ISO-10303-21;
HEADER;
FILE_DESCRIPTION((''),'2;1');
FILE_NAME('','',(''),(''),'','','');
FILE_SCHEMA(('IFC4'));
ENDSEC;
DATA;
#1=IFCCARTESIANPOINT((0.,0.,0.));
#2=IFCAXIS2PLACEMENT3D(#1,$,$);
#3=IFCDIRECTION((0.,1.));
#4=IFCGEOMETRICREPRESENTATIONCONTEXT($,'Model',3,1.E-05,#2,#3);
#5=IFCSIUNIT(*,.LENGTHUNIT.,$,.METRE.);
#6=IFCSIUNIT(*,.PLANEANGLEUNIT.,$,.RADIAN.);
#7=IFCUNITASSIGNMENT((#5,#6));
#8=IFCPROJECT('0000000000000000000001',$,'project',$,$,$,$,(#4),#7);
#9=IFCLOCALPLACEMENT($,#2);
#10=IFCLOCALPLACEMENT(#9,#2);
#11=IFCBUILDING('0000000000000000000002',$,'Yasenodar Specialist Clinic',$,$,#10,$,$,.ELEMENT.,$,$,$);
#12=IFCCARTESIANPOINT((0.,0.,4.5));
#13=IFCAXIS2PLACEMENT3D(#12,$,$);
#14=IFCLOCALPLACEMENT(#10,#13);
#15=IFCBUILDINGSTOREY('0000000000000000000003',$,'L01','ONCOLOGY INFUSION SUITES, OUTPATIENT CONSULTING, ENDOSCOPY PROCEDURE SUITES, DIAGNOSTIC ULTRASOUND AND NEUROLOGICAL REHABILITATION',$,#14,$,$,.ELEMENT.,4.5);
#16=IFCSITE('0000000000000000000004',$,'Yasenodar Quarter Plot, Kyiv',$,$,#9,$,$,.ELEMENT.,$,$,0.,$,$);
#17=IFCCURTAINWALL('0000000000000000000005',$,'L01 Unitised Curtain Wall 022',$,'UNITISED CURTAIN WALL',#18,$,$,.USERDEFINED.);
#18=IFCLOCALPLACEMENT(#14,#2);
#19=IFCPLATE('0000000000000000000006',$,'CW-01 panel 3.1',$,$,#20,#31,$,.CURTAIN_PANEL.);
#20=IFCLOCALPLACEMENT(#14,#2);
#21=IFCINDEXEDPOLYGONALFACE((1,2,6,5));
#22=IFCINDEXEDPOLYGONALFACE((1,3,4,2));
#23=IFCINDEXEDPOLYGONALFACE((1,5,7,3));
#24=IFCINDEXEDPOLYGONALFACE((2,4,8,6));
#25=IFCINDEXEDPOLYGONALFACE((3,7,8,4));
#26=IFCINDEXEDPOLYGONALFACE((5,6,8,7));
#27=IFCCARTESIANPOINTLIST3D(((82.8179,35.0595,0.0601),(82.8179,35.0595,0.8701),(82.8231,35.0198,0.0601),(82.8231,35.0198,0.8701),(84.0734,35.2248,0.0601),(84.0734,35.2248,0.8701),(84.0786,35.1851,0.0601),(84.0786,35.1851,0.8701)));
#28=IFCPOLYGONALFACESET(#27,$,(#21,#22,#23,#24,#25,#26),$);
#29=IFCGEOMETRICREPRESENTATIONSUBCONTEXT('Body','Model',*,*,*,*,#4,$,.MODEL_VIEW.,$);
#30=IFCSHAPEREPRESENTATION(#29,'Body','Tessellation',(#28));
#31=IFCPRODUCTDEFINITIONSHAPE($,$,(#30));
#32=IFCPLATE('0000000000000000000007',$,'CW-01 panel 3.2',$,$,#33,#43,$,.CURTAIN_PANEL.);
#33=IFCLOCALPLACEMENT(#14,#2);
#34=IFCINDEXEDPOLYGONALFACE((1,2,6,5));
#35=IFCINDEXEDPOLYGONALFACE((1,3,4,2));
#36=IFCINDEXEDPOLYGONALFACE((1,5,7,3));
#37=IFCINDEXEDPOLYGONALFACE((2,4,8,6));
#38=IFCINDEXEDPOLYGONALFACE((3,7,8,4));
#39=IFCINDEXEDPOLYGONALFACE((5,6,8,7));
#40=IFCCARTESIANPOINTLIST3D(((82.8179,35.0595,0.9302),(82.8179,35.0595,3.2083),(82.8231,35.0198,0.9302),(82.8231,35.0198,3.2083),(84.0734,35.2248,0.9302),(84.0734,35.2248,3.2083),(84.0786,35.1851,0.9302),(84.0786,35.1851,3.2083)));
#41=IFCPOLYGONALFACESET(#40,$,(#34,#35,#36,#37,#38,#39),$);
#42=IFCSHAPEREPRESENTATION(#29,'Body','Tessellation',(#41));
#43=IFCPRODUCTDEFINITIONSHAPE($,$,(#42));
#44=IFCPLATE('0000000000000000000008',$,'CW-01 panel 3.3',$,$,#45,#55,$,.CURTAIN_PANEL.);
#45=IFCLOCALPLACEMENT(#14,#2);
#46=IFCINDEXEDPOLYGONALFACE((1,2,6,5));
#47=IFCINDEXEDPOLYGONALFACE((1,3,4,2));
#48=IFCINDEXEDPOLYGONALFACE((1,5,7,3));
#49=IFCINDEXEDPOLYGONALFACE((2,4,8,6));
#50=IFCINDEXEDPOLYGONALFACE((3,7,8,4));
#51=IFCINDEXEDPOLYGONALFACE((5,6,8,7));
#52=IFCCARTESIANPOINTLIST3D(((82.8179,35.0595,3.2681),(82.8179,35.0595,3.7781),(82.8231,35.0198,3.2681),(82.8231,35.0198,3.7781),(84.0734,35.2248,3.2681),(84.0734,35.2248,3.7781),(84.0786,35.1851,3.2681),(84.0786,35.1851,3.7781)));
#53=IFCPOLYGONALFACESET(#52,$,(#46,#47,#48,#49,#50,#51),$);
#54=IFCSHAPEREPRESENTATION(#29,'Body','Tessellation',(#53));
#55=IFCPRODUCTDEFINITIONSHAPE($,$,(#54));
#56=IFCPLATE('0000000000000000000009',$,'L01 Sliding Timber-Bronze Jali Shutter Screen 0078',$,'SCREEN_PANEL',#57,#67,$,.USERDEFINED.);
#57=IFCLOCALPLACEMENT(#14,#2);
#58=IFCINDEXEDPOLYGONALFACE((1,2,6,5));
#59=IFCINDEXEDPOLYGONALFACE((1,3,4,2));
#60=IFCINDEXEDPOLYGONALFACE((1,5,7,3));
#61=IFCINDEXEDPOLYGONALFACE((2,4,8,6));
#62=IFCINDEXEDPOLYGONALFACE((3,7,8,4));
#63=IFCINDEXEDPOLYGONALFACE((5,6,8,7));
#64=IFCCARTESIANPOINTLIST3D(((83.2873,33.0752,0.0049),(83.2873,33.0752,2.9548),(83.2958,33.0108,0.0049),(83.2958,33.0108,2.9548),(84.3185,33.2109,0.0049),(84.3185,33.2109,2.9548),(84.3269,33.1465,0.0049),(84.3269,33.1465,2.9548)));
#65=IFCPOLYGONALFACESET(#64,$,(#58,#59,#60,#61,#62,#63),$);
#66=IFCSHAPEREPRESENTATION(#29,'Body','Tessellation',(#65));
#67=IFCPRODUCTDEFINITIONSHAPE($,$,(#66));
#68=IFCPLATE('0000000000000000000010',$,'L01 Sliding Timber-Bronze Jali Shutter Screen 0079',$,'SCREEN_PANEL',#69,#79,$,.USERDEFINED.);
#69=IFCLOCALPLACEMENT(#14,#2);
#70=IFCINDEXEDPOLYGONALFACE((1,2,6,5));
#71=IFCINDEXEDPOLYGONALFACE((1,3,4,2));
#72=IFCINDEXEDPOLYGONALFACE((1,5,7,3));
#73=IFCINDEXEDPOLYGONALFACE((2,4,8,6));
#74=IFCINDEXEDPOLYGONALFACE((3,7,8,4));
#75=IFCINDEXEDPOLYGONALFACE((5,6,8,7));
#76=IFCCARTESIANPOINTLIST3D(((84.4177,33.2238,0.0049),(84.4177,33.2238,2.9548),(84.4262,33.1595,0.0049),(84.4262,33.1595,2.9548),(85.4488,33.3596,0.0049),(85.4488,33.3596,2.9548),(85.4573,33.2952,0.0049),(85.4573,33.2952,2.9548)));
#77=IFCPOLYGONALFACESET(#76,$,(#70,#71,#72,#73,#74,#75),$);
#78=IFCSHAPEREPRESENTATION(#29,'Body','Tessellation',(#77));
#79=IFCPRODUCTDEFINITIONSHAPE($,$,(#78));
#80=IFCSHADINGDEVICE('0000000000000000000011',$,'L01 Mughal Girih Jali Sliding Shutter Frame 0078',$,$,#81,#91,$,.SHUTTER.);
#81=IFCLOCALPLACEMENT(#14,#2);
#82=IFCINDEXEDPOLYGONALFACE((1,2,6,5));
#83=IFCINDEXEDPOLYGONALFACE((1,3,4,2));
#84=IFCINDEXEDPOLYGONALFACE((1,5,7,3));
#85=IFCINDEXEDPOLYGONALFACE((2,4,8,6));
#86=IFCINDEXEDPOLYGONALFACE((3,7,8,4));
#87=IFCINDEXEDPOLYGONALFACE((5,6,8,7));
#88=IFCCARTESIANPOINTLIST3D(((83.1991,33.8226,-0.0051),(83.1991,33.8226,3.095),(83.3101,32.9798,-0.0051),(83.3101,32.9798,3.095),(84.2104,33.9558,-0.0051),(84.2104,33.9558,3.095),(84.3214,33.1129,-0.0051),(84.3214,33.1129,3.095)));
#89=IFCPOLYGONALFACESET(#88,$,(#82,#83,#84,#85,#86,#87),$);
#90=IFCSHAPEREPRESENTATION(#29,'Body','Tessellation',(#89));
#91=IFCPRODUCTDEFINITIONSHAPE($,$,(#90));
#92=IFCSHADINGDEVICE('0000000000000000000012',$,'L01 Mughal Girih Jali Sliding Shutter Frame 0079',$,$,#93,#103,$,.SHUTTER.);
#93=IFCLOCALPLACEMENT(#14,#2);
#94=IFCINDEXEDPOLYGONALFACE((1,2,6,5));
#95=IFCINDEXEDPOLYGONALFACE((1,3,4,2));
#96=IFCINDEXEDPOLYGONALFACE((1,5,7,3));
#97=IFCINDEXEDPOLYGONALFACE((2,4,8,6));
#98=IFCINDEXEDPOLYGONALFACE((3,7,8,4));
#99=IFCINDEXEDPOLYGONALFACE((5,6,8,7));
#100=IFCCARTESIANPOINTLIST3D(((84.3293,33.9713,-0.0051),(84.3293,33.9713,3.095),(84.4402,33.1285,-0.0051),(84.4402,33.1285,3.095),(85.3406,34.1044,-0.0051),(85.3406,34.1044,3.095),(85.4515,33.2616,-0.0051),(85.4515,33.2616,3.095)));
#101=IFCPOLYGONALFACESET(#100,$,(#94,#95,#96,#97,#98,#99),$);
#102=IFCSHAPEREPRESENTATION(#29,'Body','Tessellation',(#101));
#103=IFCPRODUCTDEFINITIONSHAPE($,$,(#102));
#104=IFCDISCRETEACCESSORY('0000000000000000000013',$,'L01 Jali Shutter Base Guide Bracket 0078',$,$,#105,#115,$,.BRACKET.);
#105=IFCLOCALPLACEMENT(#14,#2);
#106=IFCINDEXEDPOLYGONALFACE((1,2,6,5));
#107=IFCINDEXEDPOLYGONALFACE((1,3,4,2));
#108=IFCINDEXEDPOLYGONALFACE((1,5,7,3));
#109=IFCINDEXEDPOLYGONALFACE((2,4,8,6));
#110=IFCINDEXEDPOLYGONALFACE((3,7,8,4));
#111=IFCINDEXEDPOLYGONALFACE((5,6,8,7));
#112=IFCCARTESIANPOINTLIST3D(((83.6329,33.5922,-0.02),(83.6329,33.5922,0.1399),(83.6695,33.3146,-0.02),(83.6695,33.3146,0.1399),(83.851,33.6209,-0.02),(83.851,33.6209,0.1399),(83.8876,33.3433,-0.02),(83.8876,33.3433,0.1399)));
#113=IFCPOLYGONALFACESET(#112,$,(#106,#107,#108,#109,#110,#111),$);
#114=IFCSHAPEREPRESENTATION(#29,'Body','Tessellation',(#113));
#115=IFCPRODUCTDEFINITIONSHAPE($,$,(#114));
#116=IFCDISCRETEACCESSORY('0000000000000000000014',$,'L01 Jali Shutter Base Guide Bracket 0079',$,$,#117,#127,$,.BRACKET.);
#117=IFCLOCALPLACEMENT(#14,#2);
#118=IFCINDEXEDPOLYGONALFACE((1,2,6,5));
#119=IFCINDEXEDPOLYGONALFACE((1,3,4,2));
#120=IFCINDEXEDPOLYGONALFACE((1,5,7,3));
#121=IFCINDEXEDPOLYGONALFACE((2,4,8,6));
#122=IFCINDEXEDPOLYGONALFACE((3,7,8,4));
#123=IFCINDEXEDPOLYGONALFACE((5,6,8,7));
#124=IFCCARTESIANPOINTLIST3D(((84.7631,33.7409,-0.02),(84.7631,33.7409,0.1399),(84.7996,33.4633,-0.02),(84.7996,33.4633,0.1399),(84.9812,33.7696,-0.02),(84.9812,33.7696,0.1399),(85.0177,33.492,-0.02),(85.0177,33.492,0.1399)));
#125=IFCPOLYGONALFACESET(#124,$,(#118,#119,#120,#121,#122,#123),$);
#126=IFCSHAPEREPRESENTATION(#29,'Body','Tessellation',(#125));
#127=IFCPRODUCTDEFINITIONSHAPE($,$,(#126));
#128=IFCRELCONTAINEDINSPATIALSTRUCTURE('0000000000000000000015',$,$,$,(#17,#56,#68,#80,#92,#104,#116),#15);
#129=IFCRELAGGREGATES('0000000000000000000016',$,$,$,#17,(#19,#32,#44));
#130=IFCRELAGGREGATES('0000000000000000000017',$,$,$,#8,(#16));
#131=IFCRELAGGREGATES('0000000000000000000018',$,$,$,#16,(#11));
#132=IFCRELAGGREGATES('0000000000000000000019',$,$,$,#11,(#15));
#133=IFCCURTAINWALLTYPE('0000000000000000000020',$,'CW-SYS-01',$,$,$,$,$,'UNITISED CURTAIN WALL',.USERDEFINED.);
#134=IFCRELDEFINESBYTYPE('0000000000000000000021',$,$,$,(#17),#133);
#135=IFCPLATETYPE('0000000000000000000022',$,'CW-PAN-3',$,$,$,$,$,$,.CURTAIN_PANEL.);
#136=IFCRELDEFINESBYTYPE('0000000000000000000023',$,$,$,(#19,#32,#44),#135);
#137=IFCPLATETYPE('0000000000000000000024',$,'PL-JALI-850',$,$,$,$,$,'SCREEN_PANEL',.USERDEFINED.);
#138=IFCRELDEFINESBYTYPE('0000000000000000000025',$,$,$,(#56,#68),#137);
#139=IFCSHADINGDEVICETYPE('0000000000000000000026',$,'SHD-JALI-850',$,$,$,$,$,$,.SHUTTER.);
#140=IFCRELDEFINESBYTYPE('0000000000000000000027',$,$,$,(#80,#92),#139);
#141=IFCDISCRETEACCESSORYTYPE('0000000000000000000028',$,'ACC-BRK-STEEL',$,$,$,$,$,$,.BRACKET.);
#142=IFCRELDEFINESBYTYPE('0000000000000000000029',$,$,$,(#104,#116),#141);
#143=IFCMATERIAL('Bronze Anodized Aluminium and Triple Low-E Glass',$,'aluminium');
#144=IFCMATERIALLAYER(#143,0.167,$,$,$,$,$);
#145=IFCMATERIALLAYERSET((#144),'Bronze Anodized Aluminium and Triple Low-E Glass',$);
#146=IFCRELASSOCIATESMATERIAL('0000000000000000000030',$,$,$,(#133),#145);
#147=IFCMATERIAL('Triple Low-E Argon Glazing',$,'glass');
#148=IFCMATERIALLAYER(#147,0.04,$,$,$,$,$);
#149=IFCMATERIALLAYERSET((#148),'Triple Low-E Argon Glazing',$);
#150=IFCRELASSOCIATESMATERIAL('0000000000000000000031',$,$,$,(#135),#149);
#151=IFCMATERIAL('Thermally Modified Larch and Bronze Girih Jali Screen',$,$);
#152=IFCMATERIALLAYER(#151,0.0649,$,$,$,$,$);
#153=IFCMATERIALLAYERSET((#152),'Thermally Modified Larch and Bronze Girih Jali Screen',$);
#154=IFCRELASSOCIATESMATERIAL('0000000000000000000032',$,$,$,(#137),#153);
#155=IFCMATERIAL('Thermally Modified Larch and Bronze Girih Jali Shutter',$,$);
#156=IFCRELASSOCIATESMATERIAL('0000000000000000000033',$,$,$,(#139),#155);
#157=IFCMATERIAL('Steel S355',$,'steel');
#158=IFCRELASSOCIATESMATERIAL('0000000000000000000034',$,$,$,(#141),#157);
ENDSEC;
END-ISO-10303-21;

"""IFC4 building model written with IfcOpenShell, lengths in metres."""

from ifc_helpers import new_model, si_unit, direction, frame, origin, origin_2d, place, context, subcontext, project, spatial, rectangle, extrude, material, layer, layer_set, type_object, element, aggregate, save


model = new_model("IFC4")

# Units and contexts
model_context = context("Model", 3, precision=1e-05, world=origin(), true_north=direction((0.0, 1.0)))
body_context = subcontext(model_context, "Body", "Model", "MODEL_VIEW")
ifc_project = project(units=[si_unit("LENGTHUNIT", "METRE"), si_unit("PLANEANGLEUNIT", "RADIAN")], contexts=[model_context])

# Site, building, storey
site_placement = place(None, origin())
site = spatial("IfcSite", under=ifc_project, at=site_placement, Name="Yasenodar Quarter Plot, Kyiv", CompositionType="ELEMENT", RefElevation=0.0)
building_placement = place(site_placement, origin())
building = spatial("IfcBuilding", under=site, at=building_placement, Name="Yasenodar Specialist Clinic", CompositionType="ELEMENT")
storey_placement = place(building_placement, frame((0.0, 0.0, 4.5)))
storey = spatial("IfcBuildingStorey", under=building, at=storey_placement, Name="L01", Description="ONCOLOGY INFUSION SUITES, OUTPATIENT CONSULTING, ENDOSCOPY PROCEDURE SUITES, DIAGNOSTIC ULTRASOUND AND NEUROLOGICAL REHABILITATION", CompositionType="ELEMENT", Elevation=4.5)

# Curtain wall, plates
ifc_material_1 = material(Name="Bronze Anodized Aluminium and Triple Low-E Glass", Category="aluminium")
ifc_layer_1 = layer(ifc_material_1, 0.167)
ifc_layer_set_1 = layer_set([ifc_layer_1], Name="Bronze Anodized Aluminium and Triple Low-E Glass")
curtain_wall_type = type_object("IfcCurtainWallType", Name="CW-SYS-01", ElementType="UNITISED CURTAIN WALL", PredefinedType="USERDEFINED", material=ifc_layer_set_1)
curtain_wall_placement = place(storey_placement, origin())
curtain_wall = element("IfcCurtainWall", 1, at=curtain_wall_placement, inside=storey, type_object=curtain_wall_type, Name="L01 Unitised Curtain Wall 022", ObjectType="UNITISED CURTAIN WALL", PredefinedType="USERDEFINED")
ifc_material_2 = material(Name="Triple Low-E Argon Glazing", Category="glass")
ifc_layer_2 = layer(ifc_material_2, 0.04)
ifc_layer_set_2 = layer_set([ifc_layer_2], Name="Triple Low-E Argon Glazing")
plate_type_1 = type_object("IfcPlateType", Name="CW-PAN-3", PredefinedType="CURTAIN_PANEL", material=ifc_layer_set_2)
plate_1_placement = place(storey_placement, frame((83.4482, 35.1223, 0.0601), z_axis=(0.0, 0.0, 1.0), x_axis=(-0.991447, -0.130512, 0.0)))
plate_1 = element("IfcPlate", 2, at=plate_1_placement, type_object=plate_type_1, Name="CW-01 panel 3.1", PredefinedType="CURTAIN_PANEL", context=body_context, shape_type="SweptSolid", body=[
    extrude(rectangle(XDim=1.2664, YDim=0.04, at=origin_2d()), origin(), (0.0, 0.0, 1.0), 0.8101),
])
plate_2_placement = place(storey_placement, frame((83.4482, 35.1223, 0.9302), z_axis=(0.0, 0.0, 1.0), x_axis=(-0.991447, -0.130512, 0.0)))
plate_2 = element("IfcPlate", 3, at=plate_2_placement, type_object=plate_type_1, Name="CW-01 panel 3.2", PredefinedType="CURTAIN_PANEL", context=body_context, shape_type="SweptSolid", body=[
    extrude(rectangle(XDim=1.2664, YDim=0.04, at=origin_2d()), origin(), (0.0, 0.0, 1.0), 2.2781),
])
plate_3_placement = place(storey_placement, frame((83.4482, 35.1223, 3.2681), z_axis=(0.0, 0.0, 1.0), x_axis=(-0.991447, -0.130512, 0.0)))
plate_3 = element("IfcPlate", 4, at=plate_3_placement, type_object=plate_type_1, Name="CW-01 panel 3.3", PredefinedType="CURTAIN_PANEL", context=body_context, shape_type="SweptSolid", body=[
    extrude(rectangle(XDim=1.2664, YDim=0.04, at=origin_2d()), origin(), (0.0, 0.0, 1.0), 0.51),
])
aggregate(curtain_wall, [plate_1, plate_2, plate_3])

# Plates
ifc_material_3 = material(Name="Thermally Modified Larch and Bronze Girih Jali Screen")
ifc_layer_3 = layer(ifc_material_3, 0.0649)
ifc_layer_set_3 = layer_set([ifc_layer_3], Name="Thermally Modified Larch and Bronze Girih Jali Screen")
plate_type_2 = type_object("IfcPlateType", Name="PL-JALI-850", ElementType="SCREEN_PANEL", PredefinedType="USERDEFINED", material=ifc_layer_set_3)
for number, where, z_axis, x_axis, name in (
    (5, (83.8071, 33.1108, 0.0049), (0.0, 0.0, 1.0), (0.991446, 0.130519, 0.0), "L01 Sliding Timber-Bronze Jali Shutter Screen 0078"),
    (6, (84.9375, 33.2595, 0.0049), (0.0, 0.0, 1.0), (0.991446, 0.130519, 0.0), "L01 Sliding Timber-Bronze Jali Shutter Screen 0079"),
):
    element("IfcPlate", number, at=place(storey_placement, frame(where, z_axis=z_axis, x_axis=x_axis)), inside=storey, type_object=plate_type_2, Name=name, ObjectType="SCREEN_PANEL", PredefinedType="USERDEFINED", context=body_context, shape_type="SweptSolid", body=[
        extrude(rectangle(XDim=1.04, YDim=0.0649, at=origin_2d()), origin(), (0.0, 0.0, 1.0), 2.95),
    ])

# Shading devices
ifc_material_4 = material(Name="Thermally Modified Larch and Bronze Girih Jali Shutter")
shading_device_type = type_object("IfcShadingDeviceType", Name="SHD-JALI-850", PredefinedType="SHUTTER", material=ifc_material_4)
for number, where, z_axis, x_axis, name in (
    (7, (83.7603, 33.4678, -0.0051), (0.0, 0.0, 1.0), (0.991446, 0.130519, 0.0), "L01 Mughal Girih Jali Sliding Shutter Frame 0078"),
    (8, (84.8904, 33.6165, -0.0051), (0.0, 0.0, 1.0), (0.991446, 0.130519, 0.0), "L01 Mughal Girih Jali Sliding Shutter Frame 0079"),
):
    element("IfcShadingDevice", number, at=place(storey_placement, frame(where, z_axis=z_axis, x_axis=x_axis)), inside=storey, type_object=shading_device_type, Name=name, PredefinedType="SHUTTER", context=body_context, shape_type="SweptSolid", body=[
        extrude(rectangle(XDim=1.02, YDim=0.8501, at=origin_2d()), origin(), (0.0, 0.0, 1.0), 3.1001),
    ])

# Discrete accessories
ifc_material_5 = material(Name="Steel S355", Category="steel")
discrete_accessory_type = type_object("IfcDiscreteAccessoryType", Name="ACC-BRK-STEEL", PredefinedType="BRACKET", material=ifc_material_5)
for number, where, z_axis, x_axis, name in (
    (9, (83.7603, 33.4678, -0.02), (0.0, 0.0, 1.0), (0.991446, 0.130519, 0.0), "L01 Jali Shutter Base Guide Bracket 0078"),
    (10, (84.8904, 33.6165, -0.02), (0.0, 0.0, 1.0), (0.991446, 0.130519, 0.0), "L01 Jali Shutter Base Guide Bracket 0079"),
):
    element("IfcDiscreteAccessory", number, at=place(storey_placement, frame(where, z_axis=z_axis, x_axis=x_axis)), inside=storey, type_object=discrete_accessory_type, Name=name, PredefinedType="BRACKET", context=body_context, shape_type="SweptSolid", body=[
        extrude(rectangle(XDim=0.22, YDim=0.28, at=origin_2d()), origin(), (0.0, 0.0, 1.0), 0.1599),
    ])

save(model, "model.ifc")
